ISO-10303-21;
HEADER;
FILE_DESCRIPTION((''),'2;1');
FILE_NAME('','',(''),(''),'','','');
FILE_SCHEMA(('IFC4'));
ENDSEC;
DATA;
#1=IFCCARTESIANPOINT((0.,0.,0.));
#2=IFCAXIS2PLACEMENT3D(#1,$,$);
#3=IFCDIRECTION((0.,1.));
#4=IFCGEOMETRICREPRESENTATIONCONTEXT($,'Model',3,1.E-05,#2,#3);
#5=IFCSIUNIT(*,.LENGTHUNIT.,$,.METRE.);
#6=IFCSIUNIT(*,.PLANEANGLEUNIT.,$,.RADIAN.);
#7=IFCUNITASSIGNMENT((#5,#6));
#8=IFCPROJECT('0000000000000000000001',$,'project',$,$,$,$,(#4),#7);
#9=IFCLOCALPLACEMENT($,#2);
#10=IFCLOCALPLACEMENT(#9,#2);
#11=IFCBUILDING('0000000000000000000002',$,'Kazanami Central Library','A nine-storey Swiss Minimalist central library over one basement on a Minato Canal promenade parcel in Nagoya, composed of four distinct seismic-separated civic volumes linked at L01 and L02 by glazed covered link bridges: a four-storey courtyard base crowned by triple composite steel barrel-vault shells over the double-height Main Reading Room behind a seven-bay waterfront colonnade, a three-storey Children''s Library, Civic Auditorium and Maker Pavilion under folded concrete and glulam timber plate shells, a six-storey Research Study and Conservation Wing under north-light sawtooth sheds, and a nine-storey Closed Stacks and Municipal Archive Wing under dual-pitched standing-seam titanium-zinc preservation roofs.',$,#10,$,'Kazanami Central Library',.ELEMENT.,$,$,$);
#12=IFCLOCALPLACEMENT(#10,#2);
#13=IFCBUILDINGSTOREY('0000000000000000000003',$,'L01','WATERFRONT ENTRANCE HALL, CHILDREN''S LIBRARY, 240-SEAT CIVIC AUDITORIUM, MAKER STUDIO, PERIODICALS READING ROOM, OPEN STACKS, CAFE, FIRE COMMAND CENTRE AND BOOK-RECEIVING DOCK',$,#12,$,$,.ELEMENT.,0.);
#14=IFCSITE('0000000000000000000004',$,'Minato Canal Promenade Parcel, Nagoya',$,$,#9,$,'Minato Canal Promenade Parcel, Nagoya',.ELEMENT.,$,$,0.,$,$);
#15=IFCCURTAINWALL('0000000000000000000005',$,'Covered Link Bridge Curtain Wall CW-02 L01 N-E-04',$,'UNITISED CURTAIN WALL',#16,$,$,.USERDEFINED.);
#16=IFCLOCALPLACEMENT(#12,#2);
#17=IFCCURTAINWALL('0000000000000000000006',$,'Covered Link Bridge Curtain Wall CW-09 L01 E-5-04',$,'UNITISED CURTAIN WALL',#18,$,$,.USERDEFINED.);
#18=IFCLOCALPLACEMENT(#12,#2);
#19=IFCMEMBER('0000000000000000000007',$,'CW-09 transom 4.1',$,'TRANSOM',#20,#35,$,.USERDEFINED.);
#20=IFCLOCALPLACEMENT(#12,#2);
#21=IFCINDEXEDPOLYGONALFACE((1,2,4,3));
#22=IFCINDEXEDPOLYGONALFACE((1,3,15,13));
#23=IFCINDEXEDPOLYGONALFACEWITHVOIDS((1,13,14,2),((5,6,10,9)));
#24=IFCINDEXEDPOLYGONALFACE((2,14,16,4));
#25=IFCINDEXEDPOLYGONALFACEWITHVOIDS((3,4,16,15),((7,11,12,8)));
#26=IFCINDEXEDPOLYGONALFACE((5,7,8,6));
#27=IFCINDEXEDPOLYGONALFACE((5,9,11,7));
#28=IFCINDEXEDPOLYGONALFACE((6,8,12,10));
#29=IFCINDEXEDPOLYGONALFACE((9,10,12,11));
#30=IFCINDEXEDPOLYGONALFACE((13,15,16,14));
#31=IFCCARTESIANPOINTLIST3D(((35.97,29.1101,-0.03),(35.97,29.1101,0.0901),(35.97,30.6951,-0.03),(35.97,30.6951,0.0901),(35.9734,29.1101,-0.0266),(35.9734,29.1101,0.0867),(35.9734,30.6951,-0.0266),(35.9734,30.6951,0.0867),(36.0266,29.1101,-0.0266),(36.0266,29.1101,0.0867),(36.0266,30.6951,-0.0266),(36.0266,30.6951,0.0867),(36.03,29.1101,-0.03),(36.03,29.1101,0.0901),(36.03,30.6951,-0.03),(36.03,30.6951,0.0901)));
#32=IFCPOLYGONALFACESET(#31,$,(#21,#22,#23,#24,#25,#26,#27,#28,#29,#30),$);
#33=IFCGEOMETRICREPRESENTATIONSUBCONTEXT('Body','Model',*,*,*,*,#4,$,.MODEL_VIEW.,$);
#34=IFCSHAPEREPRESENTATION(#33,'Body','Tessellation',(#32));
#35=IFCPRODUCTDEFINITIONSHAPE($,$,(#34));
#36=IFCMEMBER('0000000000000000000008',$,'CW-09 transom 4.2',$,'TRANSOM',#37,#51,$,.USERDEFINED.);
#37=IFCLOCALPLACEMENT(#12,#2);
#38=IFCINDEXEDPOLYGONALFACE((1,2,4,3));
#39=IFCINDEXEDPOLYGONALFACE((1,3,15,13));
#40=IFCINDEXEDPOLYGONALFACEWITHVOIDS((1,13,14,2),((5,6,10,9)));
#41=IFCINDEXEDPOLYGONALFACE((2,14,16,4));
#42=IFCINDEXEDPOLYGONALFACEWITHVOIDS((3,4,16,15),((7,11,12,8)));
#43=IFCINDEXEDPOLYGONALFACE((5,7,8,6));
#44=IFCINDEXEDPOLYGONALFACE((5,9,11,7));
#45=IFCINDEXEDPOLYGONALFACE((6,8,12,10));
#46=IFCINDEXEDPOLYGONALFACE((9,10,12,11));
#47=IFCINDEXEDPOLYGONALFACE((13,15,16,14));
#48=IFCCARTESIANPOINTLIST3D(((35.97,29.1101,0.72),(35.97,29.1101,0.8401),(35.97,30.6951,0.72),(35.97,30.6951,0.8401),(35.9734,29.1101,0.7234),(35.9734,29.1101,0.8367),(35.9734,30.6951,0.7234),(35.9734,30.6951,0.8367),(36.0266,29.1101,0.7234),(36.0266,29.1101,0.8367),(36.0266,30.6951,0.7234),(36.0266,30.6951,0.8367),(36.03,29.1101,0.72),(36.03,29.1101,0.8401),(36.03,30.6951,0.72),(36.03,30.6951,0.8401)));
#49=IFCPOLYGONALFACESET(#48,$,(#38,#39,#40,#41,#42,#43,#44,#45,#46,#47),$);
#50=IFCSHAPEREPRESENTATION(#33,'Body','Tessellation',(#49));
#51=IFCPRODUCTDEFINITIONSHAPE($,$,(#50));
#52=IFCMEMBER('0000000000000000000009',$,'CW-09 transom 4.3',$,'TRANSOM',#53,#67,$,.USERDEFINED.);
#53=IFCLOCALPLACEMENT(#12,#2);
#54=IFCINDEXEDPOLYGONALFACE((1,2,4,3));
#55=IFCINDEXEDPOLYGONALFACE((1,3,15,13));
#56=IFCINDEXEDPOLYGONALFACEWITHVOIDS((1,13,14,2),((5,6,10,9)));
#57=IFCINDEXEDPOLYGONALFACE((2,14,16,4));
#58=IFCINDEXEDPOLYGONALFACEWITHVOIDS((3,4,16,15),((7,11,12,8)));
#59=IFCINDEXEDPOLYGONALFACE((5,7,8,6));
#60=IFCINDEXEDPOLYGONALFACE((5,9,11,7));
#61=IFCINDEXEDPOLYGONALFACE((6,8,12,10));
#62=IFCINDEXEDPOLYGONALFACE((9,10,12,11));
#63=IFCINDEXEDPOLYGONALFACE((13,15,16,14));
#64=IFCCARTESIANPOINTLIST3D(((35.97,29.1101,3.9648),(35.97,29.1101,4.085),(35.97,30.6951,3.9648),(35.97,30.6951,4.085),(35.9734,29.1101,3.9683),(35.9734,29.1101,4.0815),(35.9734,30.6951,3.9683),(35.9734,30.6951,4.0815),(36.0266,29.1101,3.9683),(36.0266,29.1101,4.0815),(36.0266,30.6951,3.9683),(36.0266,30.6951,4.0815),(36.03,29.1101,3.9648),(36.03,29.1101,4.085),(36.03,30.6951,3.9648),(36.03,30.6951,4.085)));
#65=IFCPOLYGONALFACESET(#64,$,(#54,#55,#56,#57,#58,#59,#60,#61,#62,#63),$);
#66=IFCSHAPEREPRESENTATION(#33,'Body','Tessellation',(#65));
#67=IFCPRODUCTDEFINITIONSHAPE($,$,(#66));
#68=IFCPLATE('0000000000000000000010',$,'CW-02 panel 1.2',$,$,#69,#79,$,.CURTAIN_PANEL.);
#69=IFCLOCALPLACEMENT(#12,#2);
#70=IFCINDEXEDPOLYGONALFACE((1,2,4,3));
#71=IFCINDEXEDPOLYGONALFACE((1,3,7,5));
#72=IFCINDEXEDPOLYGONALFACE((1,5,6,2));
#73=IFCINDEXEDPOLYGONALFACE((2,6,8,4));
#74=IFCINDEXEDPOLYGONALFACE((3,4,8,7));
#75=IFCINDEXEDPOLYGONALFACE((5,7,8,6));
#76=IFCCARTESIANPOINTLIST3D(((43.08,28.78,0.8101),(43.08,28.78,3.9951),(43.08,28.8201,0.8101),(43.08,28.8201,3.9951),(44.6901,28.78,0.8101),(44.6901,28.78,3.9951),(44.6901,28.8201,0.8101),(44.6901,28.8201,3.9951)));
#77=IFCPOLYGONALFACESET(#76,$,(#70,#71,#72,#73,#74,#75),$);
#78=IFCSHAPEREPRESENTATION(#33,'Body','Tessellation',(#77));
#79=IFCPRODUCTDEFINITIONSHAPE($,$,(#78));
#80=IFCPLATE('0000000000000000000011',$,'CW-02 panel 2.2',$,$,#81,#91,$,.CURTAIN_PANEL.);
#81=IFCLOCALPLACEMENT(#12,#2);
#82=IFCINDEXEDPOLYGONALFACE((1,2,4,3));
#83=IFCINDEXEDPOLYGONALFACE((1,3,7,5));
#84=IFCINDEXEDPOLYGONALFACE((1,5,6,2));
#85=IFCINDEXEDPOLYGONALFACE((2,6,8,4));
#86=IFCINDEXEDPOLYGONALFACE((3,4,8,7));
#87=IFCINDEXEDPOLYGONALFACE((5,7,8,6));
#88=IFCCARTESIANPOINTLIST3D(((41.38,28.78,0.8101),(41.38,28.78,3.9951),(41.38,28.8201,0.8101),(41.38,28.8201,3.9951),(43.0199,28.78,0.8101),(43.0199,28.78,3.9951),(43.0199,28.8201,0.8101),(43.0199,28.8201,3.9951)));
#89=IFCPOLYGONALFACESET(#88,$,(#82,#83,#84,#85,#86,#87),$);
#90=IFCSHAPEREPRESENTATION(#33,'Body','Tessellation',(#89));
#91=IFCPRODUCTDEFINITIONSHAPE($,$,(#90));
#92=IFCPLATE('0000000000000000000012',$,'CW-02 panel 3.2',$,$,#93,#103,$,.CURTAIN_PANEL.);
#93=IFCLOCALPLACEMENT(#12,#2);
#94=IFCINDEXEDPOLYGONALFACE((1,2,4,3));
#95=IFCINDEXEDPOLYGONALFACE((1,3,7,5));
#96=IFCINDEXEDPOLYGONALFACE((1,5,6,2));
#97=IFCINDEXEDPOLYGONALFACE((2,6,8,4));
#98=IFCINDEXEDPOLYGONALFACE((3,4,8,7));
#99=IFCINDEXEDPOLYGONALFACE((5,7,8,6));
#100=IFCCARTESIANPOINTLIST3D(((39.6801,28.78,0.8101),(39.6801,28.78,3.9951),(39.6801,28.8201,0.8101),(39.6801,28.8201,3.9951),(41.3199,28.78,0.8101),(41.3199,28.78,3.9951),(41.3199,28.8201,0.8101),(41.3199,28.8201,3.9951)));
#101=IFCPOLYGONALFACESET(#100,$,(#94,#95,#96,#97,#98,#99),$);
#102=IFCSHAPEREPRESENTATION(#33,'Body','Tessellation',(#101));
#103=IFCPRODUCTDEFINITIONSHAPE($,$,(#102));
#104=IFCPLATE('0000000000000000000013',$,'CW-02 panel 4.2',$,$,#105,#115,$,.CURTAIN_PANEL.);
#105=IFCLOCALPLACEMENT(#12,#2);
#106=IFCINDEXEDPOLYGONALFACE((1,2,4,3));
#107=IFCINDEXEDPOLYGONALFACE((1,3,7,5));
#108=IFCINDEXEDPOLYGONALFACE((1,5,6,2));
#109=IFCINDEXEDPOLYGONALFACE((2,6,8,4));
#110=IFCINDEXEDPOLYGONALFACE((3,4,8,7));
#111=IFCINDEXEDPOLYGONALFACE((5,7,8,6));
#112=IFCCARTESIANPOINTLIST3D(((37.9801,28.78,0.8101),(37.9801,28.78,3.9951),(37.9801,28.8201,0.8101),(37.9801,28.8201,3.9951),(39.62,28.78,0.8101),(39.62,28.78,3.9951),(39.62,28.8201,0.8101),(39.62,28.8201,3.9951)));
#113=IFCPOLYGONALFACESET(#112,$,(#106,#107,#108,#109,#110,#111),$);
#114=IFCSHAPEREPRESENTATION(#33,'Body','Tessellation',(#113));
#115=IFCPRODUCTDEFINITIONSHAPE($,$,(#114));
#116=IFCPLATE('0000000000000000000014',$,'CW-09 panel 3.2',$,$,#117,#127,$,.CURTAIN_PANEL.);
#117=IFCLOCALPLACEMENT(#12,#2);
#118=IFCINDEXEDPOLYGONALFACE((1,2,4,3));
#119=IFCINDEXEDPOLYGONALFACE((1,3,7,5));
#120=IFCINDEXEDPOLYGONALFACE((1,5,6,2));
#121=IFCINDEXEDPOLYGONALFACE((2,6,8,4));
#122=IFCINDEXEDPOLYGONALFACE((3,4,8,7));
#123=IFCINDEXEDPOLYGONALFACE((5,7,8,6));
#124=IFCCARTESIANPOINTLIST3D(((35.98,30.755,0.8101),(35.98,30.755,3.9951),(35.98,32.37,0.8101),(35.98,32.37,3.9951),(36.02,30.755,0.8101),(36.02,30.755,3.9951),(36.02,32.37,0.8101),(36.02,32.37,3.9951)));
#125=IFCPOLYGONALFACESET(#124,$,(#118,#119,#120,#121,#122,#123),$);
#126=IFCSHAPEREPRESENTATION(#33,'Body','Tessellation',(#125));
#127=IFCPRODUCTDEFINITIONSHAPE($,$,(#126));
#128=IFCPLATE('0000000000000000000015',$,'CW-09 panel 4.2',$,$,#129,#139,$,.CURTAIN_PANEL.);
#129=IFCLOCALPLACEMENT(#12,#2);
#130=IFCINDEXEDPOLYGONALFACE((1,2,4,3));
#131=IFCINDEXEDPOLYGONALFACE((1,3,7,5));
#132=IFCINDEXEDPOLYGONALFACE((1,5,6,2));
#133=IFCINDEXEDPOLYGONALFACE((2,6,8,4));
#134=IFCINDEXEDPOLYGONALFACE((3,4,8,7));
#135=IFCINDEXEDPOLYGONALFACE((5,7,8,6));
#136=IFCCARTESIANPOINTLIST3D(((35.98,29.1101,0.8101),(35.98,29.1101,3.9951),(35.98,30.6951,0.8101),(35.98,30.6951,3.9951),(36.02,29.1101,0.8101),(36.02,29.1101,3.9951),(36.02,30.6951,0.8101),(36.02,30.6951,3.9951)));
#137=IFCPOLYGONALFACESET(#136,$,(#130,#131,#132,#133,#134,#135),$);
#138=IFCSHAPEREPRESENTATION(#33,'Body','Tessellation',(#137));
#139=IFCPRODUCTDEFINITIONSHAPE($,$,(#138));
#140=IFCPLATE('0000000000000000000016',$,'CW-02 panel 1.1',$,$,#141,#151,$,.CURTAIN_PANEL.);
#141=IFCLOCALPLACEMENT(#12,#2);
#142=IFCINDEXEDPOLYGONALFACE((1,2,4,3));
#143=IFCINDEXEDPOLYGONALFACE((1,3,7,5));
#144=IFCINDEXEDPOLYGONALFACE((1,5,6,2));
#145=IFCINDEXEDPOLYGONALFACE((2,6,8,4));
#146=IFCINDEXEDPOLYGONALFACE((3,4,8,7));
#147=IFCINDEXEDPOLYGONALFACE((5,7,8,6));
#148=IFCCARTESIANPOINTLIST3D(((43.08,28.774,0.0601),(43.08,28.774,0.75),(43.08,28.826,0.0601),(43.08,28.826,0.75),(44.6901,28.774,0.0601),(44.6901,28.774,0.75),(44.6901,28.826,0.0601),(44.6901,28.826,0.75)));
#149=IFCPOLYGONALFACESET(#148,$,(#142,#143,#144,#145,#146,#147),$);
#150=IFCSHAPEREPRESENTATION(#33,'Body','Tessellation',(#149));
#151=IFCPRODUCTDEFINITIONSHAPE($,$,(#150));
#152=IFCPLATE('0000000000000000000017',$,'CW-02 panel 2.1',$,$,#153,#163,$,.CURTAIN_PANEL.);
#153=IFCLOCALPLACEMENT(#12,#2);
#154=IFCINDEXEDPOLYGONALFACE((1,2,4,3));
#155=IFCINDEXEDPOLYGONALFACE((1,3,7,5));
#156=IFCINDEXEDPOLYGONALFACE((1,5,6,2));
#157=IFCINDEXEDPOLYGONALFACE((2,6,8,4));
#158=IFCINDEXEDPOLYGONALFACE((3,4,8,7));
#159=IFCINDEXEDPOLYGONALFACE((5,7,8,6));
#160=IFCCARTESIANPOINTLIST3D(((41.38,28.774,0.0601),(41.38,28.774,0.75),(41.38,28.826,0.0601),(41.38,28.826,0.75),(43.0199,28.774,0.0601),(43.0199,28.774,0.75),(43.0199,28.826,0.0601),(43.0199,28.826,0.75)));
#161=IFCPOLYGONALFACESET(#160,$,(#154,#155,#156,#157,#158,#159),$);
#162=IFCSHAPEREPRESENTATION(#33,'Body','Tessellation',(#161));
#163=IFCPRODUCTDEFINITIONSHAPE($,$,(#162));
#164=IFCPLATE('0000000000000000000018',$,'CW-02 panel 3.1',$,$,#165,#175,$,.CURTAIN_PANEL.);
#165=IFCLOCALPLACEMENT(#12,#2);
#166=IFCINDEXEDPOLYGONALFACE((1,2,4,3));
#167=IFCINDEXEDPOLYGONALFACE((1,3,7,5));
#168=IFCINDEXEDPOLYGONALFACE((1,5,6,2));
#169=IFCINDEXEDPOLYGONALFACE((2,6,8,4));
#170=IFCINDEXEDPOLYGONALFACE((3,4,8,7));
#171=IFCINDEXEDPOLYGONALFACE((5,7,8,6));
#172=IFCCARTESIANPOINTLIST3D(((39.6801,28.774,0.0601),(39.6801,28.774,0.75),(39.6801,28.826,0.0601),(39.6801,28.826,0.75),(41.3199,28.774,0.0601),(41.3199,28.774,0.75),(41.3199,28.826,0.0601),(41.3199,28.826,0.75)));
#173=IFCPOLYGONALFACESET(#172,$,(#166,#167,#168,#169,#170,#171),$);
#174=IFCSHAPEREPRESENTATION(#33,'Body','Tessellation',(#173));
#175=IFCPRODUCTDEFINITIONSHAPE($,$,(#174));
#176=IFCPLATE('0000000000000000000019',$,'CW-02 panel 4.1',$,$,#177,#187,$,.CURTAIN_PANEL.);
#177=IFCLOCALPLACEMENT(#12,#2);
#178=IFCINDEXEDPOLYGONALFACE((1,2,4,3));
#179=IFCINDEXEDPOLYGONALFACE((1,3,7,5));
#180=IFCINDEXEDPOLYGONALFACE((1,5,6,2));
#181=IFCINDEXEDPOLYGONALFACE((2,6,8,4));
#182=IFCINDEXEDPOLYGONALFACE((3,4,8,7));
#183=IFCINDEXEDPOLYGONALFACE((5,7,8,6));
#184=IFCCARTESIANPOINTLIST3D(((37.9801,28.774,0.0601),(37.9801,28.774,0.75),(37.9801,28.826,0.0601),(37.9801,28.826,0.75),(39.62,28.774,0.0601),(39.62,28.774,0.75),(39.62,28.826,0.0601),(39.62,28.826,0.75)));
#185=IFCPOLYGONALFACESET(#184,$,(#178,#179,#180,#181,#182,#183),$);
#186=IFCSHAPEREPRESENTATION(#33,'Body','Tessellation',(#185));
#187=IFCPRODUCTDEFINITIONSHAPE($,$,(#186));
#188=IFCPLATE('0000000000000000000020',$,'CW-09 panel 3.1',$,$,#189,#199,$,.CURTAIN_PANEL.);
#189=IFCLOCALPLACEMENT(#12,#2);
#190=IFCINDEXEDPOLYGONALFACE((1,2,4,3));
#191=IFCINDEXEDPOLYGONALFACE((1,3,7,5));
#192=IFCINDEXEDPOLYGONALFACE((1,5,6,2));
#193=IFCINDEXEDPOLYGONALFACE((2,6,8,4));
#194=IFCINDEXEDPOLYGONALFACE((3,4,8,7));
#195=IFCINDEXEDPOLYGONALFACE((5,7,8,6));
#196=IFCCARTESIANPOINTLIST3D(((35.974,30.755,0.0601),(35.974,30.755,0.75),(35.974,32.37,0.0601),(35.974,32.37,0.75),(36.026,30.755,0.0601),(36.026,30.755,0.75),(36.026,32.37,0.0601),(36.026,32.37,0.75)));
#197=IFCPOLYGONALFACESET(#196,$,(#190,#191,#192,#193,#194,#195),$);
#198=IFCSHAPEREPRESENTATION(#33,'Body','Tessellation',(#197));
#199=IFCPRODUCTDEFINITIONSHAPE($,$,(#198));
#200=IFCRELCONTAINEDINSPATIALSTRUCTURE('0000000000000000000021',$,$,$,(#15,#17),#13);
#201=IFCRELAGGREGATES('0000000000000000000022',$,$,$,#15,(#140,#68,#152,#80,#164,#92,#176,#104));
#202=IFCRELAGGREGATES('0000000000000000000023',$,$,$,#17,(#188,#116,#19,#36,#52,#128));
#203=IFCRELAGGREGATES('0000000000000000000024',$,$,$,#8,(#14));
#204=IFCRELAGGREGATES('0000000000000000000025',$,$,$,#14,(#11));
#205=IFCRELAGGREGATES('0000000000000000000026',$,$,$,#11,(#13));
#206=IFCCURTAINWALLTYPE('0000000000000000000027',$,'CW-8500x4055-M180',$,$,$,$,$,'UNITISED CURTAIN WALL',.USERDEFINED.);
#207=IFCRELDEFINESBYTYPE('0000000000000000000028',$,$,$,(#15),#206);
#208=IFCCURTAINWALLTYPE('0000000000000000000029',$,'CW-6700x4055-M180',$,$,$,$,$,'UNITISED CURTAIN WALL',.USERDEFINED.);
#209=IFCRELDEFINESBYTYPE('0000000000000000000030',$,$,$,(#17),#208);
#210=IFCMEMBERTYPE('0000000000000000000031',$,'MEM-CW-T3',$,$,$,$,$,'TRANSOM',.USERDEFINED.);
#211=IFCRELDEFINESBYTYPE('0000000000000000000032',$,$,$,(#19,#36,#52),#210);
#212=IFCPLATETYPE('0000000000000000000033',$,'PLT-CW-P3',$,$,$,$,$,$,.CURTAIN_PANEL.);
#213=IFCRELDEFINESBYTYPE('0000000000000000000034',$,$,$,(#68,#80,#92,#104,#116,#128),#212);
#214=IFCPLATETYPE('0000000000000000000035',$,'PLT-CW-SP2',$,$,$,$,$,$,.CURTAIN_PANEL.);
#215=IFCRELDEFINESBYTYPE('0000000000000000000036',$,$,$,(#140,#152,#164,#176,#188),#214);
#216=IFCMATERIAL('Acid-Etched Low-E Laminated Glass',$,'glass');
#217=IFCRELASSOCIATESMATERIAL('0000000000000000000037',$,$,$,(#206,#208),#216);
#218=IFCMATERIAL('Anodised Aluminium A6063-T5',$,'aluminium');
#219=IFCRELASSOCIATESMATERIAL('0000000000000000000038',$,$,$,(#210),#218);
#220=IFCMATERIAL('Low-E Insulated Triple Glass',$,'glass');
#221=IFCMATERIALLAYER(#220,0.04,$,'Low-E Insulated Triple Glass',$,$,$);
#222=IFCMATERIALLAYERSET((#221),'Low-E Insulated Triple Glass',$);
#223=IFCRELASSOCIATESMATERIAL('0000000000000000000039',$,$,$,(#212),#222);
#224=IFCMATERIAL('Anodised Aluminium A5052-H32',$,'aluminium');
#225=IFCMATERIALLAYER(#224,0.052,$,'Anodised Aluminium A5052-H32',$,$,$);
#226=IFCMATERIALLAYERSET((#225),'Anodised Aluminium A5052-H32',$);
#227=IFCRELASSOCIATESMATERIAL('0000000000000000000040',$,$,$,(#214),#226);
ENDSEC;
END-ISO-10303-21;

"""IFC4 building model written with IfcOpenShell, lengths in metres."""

from ifc_helpers import new_model, si_unit, direction, frame, origin, origin_2d, place, context, subcontext, project, spatial, rectangle, hollow_rectangle, extrude, material, layer, layer_set, material_profile, profile_set, type_object, element, aggregate, save


model = new_model("IFC4")

# Units and contexts
model_context = context("Model", 3, precision=1e-05, world=origin(), true_north=direction((0.0, 1.0)))
body_context = subcontext(model_context, "Body", "Model", "MODEL_VIEW")
ifc_project = project(units=[si_unit("LENGTHUNIT", "METRE"), si_unit("PLANEANGLEUNIT", "RADIAN")], contexts=[model_context])

# Site, building, storey
site_placement = place(None, origin())
site = spatial("IfcSite", under=ifc_project, at=site_placement, Name="Minato Canal Promenade Parcel, Nagoya", LongName="Minato Canal Promenade Parcel, Nagoya", CompositionType="ELEMENT", RefElevation=0.0)
building_placement = place(site_placement, origin())
building = spatial("IfcBuilding", under=site, at=building_placement, Name="Kazanami Central Library", Description="A nine-storey Swiss Minimalist central library over one basement on a Minato Canal promenade parcel in Nagoya, composed of four distinct seismic-separated civic volumes linked at L01 and L02 by glazed covered link bridges: a four-storey courtyard base crowned by triple composite steel barrel-vault shells over the double-height Main Reading Room behind a seven-bay waterfront colonnade, a three-storey Children's Library, Civic Auditorium and Maker Pavilion under folded concrete and glulam timber plate shells, a six-storey Research Study and Conservation Wing under north-light sawtooth sheds, and a nine-storey Closed Stacks and Municipal Archive Wing under dual-pitched standing-seam titanium-zinc preservation roofs.", LongName="Kazanami Central Library", CompositionType="ELEMENT")
storey_placement = place(building_placement, origin())
storey = spatial("IfcBuildingStorey", under=building, at=storey_placement, Name="L01", Description="WATERFRONT ENTRANCE HALL, CHILDREN'S LIBRARY, 240-SEAT CIVIC AUDITORIUM, MAKER STUDIO, PERIODICALS READING ROOM, OPEN STACKS, CAFE, FIRE COMMAND CENTRE AND BOOK-RECEIVING DOCK", CompositionType="ELEMENT", Elevation=0.0)

# Curtain walls
ifc_material_1 = material(Name="Acid-Etched Low-E Laminated Glass", Category="glass")
curtain_wall_type_1 = type_object("IfcCurtainWallType", Name="CW-8500x4055-M180", ElementType="UNITISED CURTAIN WALL", PredefinedType="USERDEFINED", material=ifc_material_1)
curtain_wall_1_placement = place(storey_placement, origin())
curtain_wall_1 = element("IfcCurtainWall", 1, at=curtain_wall_1_placement, inside=storey, type_object=curtain_wall_type_1, Name="Covered Link Bridge Curtain Wall CW-02 L01 N-E-04", ObjectType="UNITISED CURTAIN WALL", PredefinedType="USERDEFINED")
ifc_material_2 = material(Name="Anodised Aluminium A6063-T5", Category="aluminium")
curtain_wall_type_2 = type_object("IfcCurtainWallType", Name="CW-6700x4055-M180", ElementType="UNITISED CURTAIN WALL", PredefinedType="USERDEFINED", material=ifc_material_1)
curtain_wall_2_placement = place(storey_placement, origin())
curtain_wall_2 = element("IfcCurtainWall", 2, at=curtain_wall_2_placement, inside=storey, type_object=curtain_wall_type_2, Name="Covered Link Bridge Curtain Wall CW-09 L01 E-5-04", ObjectType="UNITISED CURTAIN WALL", PredefinedType="USERDEFINED")

# Members
ifc_material_profile_1 = material_profile(ifc_material_2, hollow_rectangle(XDim=0.0601, YDim=0.1201, WallThickness=0.0034, at=origin_2d()), Name="ALU-TRAN-60x120x3.5")
ifc_profile_set_1 = profile_set([ifc_material_profile_1], Name="Anodised Aluminium A6063-T5")
member_type_1 = type_object("IfcMemberType", Name="MEM-CW-T3", ElementType="TRANSOM", PredefinedType="USERDEFINED", material=ifc_profile_set_1)
member_1_placement = place(storey_placement, frame((36.0, 30.6951, 0.03), z_axis=(0.0, -1.0, 0.0), x_axis=(1.0, 0.0, 0.0)))
member_1 = element("IfcMember", 3, at=member_1_placement, type_object=member_type_1, Name="CW-09 transom 4.1", ObjectType="TRANSOM", PredefinedType="USERDEFINED", context=body_context, shape_type="SweptSolid", body=[
    extrude(hollow_rectangle(XDim=0.0601, YDim=0.1201, WallThickness=0.0034, at=origin_2d()), origin(), (0.0, 0.0, 1.0), 1.585),
])
member_2_placement = place(storey_placement, frame((36.0, 30.6951, 0.78), z_axis=(0.0, -1.0, 0.0), x_axis=(1.0, 0.0, 0.0)))
member_2 = element("IfcMember", 4, at=member_2_placement, type_object=member_type_1, Name="CW-09 transom 4.2", ObjectType="TRANSOM", PredefinedType="USERDEFINED", context=body_context, shape_type="SweptSolid", body=[
    extrude(hollow_rectangle(XDim=0.0601, YDim=0.1201, WallThickness=0.0034, at=origin_2d()), origin(), (0.0, 0.0, 1.0), 1.585),
])
member_3_placement = place(storey_placement, frame((36.0, 30.6951, 4.0249), z_axis=(0.0, -1.0, 0.0), x_axis=(1.0, 0.0, 0.0)))
member_3 = element("IfcMember", 5, at=member_3_placement, type_object=member_type_1, Name="CW-09 transom 4.3", ObjectType="TRANSOM", PredefinedType="USERDEFINED", context=body_context, shape_type="SweptSolid", body=[
    extrude(hollow_rectangle(XDim=0.0601, YDim=0.1201, WallThickness=0.0034, at=origin_2d()), origin(), (0.0, 0.0, 1.0), 1.585),
])

# Plates
ifc_material_3 = material(Name="Low-E Insulated Triple Glass", Category="glass")
ifc_layer_1 = layer(ifc_material_3, 0.04, Name="Low-E Insulated Triple Glass")
ifc_layer_set_1 = layer_set([ifc_layer_1], Name="Low-E Insulated Triple Glass")
plate_type_1 = type_object("IfcPlateType", Name="PLT-CW-P3", PredefinedType="CURTAIN_PANEL", material=ifc_layer_set_1)
plate_1_placement = place(storey_placement, frame((43.885, 28.8, 0.8101), z_axis=(0.0, 0.0, 1.0), x_axis=(-1.0, 0.0, 0.0)))
plate_1 = element("IfcPlate", 6, at=plate_1_placement, type_object=plate_type_1, Name="CW-02 panel 1.2", PredefinedType="CURTAIN_PANEL", context=body_context, shape_type="SweptSolid", body=[
    extrude(rectangle(XDim=1.6101, YDim=0.04, at=origin_2d()), origin(), (0.0, 0.0, 1.0), 3.1851),
])
plate_2_placement = place(storey_placement, frame((42.2, 28.8, 0.8101), z_axis=(0.0, 0.0, 1.0), x_axis=(-1.0, 0.0, 0.0)))
plate_2 = element("IfcPlate", 7, at=plate_2_placement, type_object=plate_type_1, Name="CW-02 panel 2.2", PredefinedType="CURTAIN_PANEL", context=body_context, shape_type="SweptSolid", body=[
    extrude(rectangle(XDim=1.6399, YDim=0.04, at=origin_2d()), origin(), (0.0, 0.0, 1.0), 3.1851),
])
plate_3_placement = place(storey_placement, frame((40.5, 28.8, 0.8101), z_axis=(0.0, 0.0, 1.0), x_axis=(-1.0, 0.0, 0.0)))
plate_3 = element("IfcPlate", 8, at=plate_3_placement, type_object=plate_type_1, Name="CW-02 panel 3.2", PredefinedType="CURTAIN_PANEL", context=body_context, shape_type="SweptSolid", body=[
    extrude(rectangle(XDim=1.6399, YDim=0.04, at=origin_2d()), origin(), (0.0, 0.0, 1.0), 3.1851),
])
plate_4_placement = place(storey_placement, frame((38.8, 28.8, 0.8101), z_axis=(0.0, 0.0, 1.0), x_axis=(-1.0, 0.0, 0.0)))
plate_4 = element("IfcPlate", 9, at=plate_4_placement, type_object=plate_type_1, Name="CW-02 panel 4.2", PredefinedType="CURTAIN_PANEL", context=body_context, shape_type="SweptSolid", body=[
    extrude(rectangle(XDim=1.6399, YDim=0.04, at=origin_2d()), origin(), (0.0, 0.0, 1.0), 3.1851),
])
plate_5_placement = place(storey_placement, frame((36.0, 31.5625, 0.8101), z_axis=(0.0, 0.0, 1.0), x_axis=(0.0, -1.0, 0.0)))
plate_5 = element("IfcPlate", 10, at=plate_5_placement, type_object=plate_type_1, Name="CW-09 panel 3.2", PredefinedType="CURTAIN_PANEL", context=body_context, shape_type="SweptSolid", body=[
    extrude(rectangle(XDim=1.615, YDim=0.04, at=origin_2d()), origin(), (0.0, 0.0, 1.0), 3.1851),
])
plate_6_placement = place(storey_placement, frame((36.0, 29.9026, 0.8101), z_axis=(0.0, 0.0, 1.0), x_axis=(0.0, -1.0, 0.0)))
plate_6 = element("IfcPlate", 11, at=plate_6_placement, type_object=plate_type_1, Name="CW-09 panel 4.2", PredefinedType="CURTAIN_PANEL", context=body_context, shape_type="SweptSolid", body=[
    extrude(rectangle(XDim=1.585, YDim=0.04, at=origin_2d()), origin(), (0.0, 0.0, 1.0), 3.1851),
])
ifc_material_4 = material(Name="Anodised Aluminium A5052-H32", Category="aluminium")
ifc_layer_2 = layer(ifc_material_4, 0.052, Name="Anodised Aluminium A5052-H32")
ifc_layer_set_2 = layer_set([ifc_layer_2], Name="Anodised Aluminium A5052-H32")
plate_type_2 = type_object("IfcPlateType", Name="PLT-CW-SP2", PredefinedType="CURTAIN_PANEL", material=ifc_layer_set_2)
plate_7_placement = place(storey_placement, frame((43.885, 28.8, 0.0601), z_axis=(0.0, 0.0, 1.0), x_axis=(-1.0, 0.0, 0.0)))
plate_7 = element("IfcPlate", 12, at=plate_7_placement, type_object=plate_type_2, Name="CW-02 panel 1.1", PredefinedType="CURTAIN_PANEL", context=body_context, shape_type="SweptSolid", body=[
    extrude(rectangle(XDim=1.6101, YDim=0.052, at=origin_2d()), origin(), (0.0, 0.0, 1.0), 0.6899),
])
plate_8_placement = place(storey_placement, frame((42.2, 28.8, 0.0601), z_axis=(0.0, 0.0, 1.0), x_axis=(-1.0, 0.0, 0.0)))
plate_8 = element("IfcPlate", 13, at=plate_8_placement, type_object=plate_type_2, Name="CW-02 panel 2.1", PredefinedType="CURTAIN_PANEL", context=body_context, shape_type="SweptSolid", body=[
    extrude(rectangle(XDim=1.6399, YDim=0.052, at=origin_2d()), origin(), (0.0, 0.0, 1.0), 0.6899),
])
plate_9_placement = place(storey_placement, frame((40.5, 28.8, 0.0601), z_axis=(0.0, 0.0, 1.0), x_axis=(-1.0, 0.0, 0.0)))
plate_9 = element("IfcPlate", 14, at=plate_9_placement, type_object=plate_type_2, Name="CW-02 panel 3.1", PredefinedType="CURTAIN_PANEL", context=body_context, shape_type="SweptSolid", body=[
    extrude(rectangle(XDim=1.6399, YDim=0.052, at=origin_2d()), origin(), (0.0, 0.0, 1.0), 0.6899),
])
plate_10_placement = place(storey_placement, frame((38.8, 28.8, 0.0601), z_axis=(0.0, 0.0, 1.0), x_axis=(-1.0, 0.0, 0.0)))
plate_10 = element("IfcPlate", 15, at=plate_10_placement, type_object=plate_type_2, Name="CW-02 panel 4.1", PredefinedType="CURTAIN_PANEL", context=body_context, shape_type="SweptSolid", body=[
    extrude(rectangle(XDim=1.6399, YDim=0.052, at=origin_2d()), origin(), (0.0, 0.0, 1.0), 0.6899),
])
aggregate(curtain_wall_1, [plate_7, plate_1, plate_8, plate_2, plate_9, plate_3, plate_10, plate_4])
plate_11_placement = place(storey_placement, frame((36.0, 31.5625, 0.0601), z_axis=(0.0, 0.0, 1.0), x_axis=(0.0, -1.0, 0.0)))
plate_11 = element("IfcPlate", 16, at=plate_11_placement, type_object=plate_type_2, Name="CW-09 panel 3.1", PredefinedType="CURTAIN_PANEL", context=body_context, shape_type="SweptSolid", body=[
    extrude(rectangle(XDim=1.615, YDim=0.052, at=origin_2d()), origin(), (0.0, 0.0, 1.0), 0.6899),
])
aggregate(curtain_wall_2, [plate_11, plate_5, member_1, member_2, member_3, plate_6])

save(model, "model.ifc")
